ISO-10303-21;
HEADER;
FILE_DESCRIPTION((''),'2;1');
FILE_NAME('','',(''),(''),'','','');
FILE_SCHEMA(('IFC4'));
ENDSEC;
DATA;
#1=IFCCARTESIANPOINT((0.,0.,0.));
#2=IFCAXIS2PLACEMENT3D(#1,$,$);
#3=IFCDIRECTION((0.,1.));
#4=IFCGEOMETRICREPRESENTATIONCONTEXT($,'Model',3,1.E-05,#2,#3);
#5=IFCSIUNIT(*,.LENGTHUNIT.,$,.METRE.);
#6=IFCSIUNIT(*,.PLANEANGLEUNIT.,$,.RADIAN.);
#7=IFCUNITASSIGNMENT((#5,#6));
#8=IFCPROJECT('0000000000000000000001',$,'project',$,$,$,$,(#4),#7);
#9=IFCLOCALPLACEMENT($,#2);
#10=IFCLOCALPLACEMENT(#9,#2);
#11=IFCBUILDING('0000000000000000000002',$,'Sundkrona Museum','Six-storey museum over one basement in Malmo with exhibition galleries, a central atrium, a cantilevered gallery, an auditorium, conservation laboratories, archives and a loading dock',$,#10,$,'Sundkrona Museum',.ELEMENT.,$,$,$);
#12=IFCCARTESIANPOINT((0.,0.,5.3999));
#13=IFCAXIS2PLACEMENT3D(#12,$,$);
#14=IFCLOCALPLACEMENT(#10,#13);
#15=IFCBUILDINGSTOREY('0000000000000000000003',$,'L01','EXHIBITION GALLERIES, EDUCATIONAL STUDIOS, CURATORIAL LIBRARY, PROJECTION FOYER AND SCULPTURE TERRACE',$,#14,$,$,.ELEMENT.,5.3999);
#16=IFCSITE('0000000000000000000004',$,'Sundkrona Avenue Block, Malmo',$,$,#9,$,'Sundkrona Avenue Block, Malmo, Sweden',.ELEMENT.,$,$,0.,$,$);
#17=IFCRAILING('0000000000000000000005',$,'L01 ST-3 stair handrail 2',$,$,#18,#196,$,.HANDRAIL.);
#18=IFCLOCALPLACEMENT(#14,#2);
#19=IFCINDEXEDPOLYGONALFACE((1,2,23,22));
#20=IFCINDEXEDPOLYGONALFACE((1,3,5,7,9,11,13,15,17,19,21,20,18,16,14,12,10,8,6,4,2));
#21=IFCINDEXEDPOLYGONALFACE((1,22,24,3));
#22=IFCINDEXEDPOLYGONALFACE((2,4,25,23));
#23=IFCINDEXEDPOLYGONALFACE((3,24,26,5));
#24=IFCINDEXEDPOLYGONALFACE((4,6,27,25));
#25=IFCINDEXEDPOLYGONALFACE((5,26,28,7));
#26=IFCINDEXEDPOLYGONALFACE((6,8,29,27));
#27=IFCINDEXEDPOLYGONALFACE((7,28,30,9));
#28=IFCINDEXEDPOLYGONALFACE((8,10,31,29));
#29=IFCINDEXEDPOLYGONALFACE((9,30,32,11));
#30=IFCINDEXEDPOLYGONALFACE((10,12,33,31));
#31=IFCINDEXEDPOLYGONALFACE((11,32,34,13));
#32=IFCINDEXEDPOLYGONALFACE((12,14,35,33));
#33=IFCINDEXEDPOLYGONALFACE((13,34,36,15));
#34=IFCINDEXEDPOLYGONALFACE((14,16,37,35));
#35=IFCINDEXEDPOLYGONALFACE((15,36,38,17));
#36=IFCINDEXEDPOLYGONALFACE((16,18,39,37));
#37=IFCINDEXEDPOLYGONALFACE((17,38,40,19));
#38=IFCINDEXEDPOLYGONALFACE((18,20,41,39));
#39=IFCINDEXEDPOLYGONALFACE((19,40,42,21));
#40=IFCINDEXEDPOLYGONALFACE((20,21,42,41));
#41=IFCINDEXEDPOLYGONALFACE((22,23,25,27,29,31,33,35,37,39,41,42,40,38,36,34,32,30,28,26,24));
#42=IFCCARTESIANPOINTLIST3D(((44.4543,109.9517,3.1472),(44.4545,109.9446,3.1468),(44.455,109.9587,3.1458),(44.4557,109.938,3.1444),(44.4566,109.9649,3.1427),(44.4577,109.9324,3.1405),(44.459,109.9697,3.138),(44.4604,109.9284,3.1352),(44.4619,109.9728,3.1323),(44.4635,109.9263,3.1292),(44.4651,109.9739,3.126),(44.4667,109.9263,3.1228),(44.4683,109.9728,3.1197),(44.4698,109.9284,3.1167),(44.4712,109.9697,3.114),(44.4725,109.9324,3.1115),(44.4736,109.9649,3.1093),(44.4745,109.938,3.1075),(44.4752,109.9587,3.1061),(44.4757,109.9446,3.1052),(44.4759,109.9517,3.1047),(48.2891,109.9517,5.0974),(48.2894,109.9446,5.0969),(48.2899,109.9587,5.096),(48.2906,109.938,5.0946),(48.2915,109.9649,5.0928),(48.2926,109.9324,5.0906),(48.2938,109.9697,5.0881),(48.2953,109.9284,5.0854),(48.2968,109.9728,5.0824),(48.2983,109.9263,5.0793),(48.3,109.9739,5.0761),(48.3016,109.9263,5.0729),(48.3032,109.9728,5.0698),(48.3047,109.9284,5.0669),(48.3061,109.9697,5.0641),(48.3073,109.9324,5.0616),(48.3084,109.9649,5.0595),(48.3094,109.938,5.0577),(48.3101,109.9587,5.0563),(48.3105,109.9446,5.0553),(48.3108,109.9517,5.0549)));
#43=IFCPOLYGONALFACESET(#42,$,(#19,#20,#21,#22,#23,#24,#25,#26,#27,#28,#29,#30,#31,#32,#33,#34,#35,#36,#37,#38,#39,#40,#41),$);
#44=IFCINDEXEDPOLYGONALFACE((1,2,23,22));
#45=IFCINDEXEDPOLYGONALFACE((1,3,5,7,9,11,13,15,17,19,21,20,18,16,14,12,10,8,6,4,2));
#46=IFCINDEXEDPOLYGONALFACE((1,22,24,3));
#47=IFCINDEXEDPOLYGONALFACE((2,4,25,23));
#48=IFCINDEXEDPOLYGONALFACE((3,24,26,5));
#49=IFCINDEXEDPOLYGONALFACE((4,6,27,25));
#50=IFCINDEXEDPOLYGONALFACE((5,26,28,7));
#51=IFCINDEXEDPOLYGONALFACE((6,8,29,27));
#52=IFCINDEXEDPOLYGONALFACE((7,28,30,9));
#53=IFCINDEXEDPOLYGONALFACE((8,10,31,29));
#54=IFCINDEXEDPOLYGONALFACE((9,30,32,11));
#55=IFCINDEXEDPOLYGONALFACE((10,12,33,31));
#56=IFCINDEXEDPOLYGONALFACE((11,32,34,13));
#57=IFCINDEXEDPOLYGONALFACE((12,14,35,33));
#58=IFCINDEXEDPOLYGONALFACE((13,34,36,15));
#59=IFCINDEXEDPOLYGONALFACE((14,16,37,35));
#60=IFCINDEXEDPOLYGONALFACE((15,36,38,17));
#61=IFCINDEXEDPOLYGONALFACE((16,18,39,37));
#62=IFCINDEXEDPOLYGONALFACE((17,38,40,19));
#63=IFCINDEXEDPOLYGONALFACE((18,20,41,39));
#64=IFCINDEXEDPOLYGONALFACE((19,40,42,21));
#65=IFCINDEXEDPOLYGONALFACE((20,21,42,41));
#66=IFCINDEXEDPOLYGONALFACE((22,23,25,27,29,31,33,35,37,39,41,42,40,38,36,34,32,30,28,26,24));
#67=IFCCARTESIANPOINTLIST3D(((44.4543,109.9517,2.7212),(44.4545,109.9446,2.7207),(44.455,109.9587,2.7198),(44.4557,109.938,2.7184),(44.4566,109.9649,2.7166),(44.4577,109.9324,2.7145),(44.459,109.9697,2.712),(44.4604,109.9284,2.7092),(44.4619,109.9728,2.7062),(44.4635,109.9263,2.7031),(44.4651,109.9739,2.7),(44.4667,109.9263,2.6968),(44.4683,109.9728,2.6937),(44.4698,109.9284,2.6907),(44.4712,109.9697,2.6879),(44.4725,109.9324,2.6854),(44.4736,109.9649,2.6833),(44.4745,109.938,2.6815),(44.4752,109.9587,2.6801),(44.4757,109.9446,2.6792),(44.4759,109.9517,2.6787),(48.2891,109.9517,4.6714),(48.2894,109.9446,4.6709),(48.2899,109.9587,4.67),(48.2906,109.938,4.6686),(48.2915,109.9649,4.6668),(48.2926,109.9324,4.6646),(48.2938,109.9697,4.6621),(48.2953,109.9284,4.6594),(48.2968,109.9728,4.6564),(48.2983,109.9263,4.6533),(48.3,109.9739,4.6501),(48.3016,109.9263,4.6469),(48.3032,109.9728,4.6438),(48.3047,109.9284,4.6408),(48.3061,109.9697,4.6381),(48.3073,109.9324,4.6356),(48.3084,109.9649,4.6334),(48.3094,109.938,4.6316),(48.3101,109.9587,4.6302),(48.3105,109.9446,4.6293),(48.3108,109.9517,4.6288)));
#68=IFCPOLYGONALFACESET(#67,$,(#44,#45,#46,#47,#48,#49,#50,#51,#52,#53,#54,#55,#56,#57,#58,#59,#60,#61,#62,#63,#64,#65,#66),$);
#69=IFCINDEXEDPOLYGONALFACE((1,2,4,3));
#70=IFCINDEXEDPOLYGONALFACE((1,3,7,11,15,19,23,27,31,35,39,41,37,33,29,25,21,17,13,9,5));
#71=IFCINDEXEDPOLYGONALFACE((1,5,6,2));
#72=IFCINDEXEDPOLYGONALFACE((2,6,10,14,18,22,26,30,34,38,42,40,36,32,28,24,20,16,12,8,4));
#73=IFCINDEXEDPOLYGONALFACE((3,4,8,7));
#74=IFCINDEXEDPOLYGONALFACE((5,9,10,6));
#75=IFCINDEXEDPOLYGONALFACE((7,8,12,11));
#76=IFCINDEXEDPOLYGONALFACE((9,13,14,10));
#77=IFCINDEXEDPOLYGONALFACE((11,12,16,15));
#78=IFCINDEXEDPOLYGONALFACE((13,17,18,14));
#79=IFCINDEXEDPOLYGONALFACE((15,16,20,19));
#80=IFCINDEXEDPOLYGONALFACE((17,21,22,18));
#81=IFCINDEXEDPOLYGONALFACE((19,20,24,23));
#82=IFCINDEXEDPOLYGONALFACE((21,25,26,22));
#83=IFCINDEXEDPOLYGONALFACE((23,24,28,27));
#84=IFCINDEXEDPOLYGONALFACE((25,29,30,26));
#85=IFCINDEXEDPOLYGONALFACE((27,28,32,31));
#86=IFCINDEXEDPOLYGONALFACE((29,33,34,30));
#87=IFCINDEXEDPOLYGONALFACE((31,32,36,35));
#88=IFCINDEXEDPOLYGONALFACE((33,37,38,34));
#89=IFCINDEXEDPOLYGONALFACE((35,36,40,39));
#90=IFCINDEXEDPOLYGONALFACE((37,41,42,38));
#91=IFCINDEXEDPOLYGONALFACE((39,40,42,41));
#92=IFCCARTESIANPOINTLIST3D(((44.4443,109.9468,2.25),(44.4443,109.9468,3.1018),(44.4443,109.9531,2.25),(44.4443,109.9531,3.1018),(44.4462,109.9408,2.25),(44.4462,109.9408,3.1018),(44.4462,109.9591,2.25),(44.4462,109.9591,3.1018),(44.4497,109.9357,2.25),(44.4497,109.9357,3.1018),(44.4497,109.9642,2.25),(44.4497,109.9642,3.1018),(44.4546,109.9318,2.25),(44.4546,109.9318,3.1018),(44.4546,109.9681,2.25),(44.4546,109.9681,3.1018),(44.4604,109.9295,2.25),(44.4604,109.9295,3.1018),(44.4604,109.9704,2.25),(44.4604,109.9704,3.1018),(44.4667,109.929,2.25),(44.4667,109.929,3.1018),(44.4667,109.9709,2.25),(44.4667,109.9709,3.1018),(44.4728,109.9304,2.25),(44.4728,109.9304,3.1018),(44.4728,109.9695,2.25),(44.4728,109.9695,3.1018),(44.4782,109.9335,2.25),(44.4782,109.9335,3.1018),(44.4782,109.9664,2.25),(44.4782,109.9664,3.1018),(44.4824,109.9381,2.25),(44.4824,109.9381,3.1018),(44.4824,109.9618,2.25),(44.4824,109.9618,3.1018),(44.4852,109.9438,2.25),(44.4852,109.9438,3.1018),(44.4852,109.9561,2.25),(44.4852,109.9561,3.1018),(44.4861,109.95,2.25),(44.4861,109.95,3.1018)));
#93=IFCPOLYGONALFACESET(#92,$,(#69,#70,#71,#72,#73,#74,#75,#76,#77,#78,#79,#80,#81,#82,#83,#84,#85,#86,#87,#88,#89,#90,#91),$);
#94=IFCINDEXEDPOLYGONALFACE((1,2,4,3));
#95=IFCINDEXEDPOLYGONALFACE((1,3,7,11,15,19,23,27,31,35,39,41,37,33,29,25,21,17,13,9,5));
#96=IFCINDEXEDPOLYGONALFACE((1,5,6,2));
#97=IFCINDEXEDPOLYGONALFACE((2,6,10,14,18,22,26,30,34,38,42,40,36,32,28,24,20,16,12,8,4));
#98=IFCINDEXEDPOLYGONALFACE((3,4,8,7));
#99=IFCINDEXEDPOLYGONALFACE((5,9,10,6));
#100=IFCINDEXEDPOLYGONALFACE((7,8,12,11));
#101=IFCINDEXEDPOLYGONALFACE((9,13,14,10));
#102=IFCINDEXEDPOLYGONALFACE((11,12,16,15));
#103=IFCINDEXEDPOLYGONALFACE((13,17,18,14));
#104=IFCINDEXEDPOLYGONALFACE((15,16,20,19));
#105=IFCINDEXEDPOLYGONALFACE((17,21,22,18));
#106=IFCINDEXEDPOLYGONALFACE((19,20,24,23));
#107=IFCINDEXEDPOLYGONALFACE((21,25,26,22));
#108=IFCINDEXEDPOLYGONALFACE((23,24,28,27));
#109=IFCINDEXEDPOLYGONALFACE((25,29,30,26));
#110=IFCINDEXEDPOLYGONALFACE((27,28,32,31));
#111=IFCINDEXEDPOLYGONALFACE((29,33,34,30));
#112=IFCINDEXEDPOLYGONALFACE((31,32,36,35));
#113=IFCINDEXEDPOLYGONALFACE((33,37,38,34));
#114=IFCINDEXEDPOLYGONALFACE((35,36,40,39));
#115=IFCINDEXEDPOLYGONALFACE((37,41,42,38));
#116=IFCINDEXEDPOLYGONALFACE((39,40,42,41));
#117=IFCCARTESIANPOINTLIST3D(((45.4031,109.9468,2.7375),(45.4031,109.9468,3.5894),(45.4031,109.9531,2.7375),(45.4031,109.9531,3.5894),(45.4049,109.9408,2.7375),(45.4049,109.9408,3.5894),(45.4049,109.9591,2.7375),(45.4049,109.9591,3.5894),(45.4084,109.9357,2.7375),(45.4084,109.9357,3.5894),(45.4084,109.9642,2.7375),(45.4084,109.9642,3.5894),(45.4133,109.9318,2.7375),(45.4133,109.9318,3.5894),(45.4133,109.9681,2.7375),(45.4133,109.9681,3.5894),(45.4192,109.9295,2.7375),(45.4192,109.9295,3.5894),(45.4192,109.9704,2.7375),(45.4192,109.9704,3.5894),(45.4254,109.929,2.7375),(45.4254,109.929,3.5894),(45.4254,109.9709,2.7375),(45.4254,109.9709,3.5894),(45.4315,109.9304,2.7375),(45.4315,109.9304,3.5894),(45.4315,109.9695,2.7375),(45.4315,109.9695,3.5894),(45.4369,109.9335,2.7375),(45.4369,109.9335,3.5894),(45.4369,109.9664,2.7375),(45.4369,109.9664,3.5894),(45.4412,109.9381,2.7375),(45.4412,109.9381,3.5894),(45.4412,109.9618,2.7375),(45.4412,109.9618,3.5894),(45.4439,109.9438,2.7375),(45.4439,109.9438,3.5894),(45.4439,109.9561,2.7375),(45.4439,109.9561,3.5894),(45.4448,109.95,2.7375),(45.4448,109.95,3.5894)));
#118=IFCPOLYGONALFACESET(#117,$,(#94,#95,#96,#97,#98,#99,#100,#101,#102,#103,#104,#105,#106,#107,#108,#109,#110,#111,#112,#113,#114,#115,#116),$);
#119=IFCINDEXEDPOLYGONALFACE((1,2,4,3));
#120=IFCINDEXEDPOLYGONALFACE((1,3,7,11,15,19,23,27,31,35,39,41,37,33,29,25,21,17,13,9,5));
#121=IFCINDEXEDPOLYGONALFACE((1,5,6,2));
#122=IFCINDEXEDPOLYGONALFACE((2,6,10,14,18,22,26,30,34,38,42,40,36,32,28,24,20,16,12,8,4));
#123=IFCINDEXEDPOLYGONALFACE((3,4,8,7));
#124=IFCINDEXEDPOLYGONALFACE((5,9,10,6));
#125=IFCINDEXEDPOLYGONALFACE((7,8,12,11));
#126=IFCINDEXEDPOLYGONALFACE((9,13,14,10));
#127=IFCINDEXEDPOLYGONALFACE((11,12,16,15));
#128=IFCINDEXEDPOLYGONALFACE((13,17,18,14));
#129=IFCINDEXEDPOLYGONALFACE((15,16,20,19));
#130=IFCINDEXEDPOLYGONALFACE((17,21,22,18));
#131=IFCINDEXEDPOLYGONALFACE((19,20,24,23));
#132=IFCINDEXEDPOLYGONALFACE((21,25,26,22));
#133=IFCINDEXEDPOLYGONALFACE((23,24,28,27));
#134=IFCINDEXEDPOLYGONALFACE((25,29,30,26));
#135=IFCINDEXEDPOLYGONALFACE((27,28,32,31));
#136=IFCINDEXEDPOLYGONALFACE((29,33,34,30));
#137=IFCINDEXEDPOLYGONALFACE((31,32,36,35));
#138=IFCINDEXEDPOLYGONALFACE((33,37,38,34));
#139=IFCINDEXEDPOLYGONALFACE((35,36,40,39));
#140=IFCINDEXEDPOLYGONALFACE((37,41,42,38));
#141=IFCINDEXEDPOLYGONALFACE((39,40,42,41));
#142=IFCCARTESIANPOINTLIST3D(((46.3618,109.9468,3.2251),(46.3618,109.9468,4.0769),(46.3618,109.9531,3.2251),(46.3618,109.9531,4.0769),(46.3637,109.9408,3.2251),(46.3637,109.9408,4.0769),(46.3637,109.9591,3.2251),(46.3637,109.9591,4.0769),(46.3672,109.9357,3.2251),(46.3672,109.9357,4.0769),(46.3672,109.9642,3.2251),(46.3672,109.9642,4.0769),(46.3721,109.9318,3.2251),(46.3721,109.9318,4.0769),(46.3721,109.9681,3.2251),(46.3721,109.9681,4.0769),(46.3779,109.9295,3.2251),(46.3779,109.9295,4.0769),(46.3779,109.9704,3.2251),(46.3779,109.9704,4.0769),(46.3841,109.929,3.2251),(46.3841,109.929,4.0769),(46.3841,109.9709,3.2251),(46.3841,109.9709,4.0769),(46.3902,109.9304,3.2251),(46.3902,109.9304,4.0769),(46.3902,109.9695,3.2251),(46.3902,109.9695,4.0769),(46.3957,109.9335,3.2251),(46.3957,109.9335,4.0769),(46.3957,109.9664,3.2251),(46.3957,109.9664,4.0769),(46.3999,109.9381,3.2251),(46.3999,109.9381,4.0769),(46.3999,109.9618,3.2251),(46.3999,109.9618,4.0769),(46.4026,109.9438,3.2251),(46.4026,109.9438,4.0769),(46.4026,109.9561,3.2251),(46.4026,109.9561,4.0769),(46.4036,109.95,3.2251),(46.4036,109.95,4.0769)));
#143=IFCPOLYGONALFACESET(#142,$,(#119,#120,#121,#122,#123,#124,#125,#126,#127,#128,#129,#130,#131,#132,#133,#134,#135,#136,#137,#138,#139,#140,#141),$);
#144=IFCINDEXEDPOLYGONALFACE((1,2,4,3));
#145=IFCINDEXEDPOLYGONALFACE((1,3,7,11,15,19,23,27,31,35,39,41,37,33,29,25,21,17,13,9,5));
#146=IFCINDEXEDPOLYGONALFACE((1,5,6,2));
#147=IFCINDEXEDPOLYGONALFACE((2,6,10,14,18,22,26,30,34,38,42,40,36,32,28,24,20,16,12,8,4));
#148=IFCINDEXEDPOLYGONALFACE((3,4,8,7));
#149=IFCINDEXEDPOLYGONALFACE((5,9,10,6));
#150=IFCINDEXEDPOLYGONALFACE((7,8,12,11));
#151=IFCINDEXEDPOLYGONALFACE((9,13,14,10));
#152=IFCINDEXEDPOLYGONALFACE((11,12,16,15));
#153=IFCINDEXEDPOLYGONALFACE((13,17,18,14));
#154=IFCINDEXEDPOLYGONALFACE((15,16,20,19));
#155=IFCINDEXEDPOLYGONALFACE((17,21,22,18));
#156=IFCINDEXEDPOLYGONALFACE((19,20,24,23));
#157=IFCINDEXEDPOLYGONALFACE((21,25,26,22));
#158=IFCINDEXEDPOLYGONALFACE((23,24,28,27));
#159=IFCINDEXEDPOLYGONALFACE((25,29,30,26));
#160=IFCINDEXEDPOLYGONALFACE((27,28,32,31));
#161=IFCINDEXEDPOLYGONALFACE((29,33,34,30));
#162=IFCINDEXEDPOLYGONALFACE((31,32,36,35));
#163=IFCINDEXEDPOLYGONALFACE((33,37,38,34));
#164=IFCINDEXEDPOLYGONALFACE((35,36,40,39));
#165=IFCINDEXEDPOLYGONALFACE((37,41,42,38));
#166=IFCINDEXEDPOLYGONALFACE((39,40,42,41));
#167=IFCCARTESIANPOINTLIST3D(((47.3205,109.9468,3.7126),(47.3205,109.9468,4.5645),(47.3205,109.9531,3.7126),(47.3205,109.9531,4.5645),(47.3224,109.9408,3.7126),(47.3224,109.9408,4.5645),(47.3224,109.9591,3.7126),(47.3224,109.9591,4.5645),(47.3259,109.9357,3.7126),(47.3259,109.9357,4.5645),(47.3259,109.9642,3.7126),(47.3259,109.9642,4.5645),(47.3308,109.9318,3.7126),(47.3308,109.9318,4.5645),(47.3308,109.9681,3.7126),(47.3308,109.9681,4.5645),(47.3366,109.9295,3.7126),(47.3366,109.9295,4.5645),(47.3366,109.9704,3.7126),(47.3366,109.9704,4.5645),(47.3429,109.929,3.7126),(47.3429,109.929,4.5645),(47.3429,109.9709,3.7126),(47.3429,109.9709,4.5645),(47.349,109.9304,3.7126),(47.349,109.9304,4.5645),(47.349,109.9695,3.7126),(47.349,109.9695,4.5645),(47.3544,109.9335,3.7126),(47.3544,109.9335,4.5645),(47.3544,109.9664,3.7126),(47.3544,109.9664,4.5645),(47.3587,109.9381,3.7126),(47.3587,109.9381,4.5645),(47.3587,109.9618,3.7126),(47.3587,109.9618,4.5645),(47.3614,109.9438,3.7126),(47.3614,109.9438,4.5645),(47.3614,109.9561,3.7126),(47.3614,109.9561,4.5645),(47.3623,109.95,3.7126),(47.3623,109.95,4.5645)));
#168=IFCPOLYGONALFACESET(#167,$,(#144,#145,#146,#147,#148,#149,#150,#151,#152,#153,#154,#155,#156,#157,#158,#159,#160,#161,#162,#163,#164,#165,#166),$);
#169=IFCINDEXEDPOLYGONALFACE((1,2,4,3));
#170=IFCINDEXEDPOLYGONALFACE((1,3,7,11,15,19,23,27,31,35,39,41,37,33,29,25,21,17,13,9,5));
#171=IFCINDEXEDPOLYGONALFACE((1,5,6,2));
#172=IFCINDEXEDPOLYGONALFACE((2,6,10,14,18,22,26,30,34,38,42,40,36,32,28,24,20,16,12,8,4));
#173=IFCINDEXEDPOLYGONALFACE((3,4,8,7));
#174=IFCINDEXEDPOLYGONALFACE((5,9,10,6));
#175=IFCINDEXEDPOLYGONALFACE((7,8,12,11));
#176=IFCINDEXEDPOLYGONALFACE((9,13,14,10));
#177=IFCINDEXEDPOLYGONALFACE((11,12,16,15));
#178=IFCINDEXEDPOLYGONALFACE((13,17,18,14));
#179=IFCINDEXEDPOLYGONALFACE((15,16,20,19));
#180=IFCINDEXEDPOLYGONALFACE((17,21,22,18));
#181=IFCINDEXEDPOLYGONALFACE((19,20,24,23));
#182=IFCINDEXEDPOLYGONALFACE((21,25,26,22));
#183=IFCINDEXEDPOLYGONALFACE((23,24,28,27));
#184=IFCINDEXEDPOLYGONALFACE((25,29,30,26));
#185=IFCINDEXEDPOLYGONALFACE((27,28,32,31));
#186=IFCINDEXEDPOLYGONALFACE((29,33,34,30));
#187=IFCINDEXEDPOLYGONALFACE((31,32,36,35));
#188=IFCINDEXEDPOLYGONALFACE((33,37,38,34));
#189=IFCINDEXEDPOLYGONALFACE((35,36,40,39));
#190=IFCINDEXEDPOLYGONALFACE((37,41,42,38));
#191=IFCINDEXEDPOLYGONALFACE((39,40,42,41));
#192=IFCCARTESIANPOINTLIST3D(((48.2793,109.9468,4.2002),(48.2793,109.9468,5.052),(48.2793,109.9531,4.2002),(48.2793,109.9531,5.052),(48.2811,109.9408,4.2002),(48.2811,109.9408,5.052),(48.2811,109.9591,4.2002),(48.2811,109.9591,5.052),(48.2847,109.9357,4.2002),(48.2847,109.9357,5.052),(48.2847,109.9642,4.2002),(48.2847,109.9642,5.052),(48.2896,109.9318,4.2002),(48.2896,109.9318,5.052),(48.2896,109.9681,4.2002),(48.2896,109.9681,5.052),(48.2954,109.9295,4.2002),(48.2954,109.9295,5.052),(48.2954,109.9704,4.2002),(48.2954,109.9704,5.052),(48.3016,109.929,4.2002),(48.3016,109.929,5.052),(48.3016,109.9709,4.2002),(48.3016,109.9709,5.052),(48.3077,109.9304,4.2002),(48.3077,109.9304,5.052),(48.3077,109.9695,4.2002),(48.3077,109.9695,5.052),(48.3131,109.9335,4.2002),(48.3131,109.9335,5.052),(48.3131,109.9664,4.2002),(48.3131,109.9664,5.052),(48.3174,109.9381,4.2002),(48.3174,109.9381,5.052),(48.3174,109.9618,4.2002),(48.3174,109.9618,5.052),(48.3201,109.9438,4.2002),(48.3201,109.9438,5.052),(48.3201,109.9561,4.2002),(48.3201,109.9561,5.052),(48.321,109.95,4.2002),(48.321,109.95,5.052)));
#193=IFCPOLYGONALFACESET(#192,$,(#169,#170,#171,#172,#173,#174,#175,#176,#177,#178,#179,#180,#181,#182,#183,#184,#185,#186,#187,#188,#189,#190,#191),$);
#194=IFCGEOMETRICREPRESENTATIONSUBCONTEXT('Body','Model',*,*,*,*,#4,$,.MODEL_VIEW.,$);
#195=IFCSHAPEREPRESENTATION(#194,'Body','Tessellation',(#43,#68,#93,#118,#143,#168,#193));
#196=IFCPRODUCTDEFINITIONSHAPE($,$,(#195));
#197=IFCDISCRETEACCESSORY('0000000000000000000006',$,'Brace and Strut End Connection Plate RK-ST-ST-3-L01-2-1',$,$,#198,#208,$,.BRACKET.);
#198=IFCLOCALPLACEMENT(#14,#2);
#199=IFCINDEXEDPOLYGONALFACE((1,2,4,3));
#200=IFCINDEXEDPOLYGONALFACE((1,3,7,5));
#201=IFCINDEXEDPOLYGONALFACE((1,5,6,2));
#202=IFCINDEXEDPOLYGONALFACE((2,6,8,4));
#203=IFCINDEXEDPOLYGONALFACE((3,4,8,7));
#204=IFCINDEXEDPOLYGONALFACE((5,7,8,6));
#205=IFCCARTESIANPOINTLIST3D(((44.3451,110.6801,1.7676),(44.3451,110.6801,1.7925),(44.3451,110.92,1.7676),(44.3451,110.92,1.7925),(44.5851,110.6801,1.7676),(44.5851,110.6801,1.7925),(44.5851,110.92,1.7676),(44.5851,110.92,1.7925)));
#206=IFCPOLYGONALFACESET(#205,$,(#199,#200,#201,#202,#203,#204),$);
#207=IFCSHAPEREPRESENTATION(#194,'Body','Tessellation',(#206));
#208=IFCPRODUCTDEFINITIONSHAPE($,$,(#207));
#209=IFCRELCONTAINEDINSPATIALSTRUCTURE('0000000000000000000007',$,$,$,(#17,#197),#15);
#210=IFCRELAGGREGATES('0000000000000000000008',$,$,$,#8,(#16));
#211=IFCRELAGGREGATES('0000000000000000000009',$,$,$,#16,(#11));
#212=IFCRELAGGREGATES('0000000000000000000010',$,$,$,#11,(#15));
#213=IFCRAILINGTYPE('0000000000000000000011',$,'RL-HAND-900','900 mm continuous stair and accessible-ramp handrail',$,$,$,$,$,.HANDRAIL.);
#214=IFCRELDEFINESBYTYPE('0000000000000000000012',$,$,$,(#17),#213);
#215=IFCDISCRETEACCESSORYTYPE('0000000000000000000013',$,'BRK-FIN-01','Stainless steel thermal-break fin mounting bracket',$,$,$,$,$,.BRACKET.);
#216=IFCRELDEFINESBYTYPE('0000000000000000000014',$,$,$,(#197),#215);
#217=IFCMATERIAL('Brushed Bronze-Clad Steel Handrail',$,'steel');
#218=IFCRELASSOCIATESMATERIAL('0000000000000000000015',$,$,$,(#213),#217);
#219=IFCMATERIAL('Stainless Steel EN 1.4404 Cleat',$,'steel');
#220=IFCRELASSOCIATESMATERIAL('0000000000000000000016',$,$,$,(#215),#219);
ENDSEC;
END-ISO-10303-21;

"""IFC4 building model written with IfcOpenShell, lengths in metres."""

from ifc_helpers import new_model, si_unit, direction, frame, origin, origin_2d, place, context, subcontext, project, spatial, rectangle, circle, extrude, material, type_object, element, save


model = new_model("IFC4")

# Units and contexts
model_context = context("Model", 3, precision=1e-05, world=origin(), true_north=direction((0.0, 1.0)))
body_context = subcontext(model_context, "Body", "Model", "MODEL_VIEW")
ifc_project = project(units=[si_unit("LENGTHUNIT", "METRE"), si_unit("PLANEANGLEUNIT", "RADIAN")], contexts=[model_context])

# Site, building, storey
site_placement = place(None, origin())
site = spatial("IfcSite", under=ifc_project, at=site_placement, Name="Sundkrona Avenue Block, Malmo", LongName="Sundkrona Avenue Block, Malmo, Sweden", CompositionType="ELEMENT", RefElevation=0.0)
building_placement = place(site_placement, origin())
building = spatial("IfcBuilding", under=site, at=building_placement, Name="Sundkrona Museum", Description="Six-storey museum over one basement in Malmo with exhibition galleries, a central atrium, a cantilevered gallery, an auditorium, conservation laboratories, archives and a loading dock", LongName="Sundkrona Museum", CompositionType="ELEMENT")
storey_placement = place(building_placement, frame((0.0, 0.0, 5.3999)))
storey = spatial("IfcBuildingStorey", under=building, at=storey_placement, Name="L01", Description="EXHIBITION GALLERIES, EDUCATIONAL STUDIOS, CURATORIAL LIBRARY, PROJECTION FOYER AND SCULPTURE TERRACE", CompositionType="ELEMENT", Elevation=5.3999)

# Railing
ifc_material_1 = material(Name="Brushed Bronze-Clad Steel Handrail", Category="steel")
railing_type_1 = type_object("IfcRailingType", Name="RL-HAND-900", Description="900 mm continuous stair and accessible-ramp handrail", PredefinedType="HANDRAIL", material=ifc_material_1)
railing_1_placement = place(storey_placement, frame((44.4651, 109.95, 2.25)))
element("IfcRailing", 1, at=railing_1_placement, inside=storey, type_object=railing_type_1, Name="L01 ST-3 stair handrail 2", PredefinedType="HANDRAIL", context=body_context, shape_type="SweptSolid", body=[
    extrude(circle(Radius=0.0239, at=origin_2d()), frame((0.0, 0.0, 0.876), z_axis=(0.891365, 0.0, 0.453286), x_axis=(0.0, 1.0, 0.0)), (0.0, 0.0, 1.0), 4.3022),
    extrude(circle(Radius=0.0239, at=origin_2d()), frame((0.0, 0.0, 0.45), z_axis=(0.891365, 0.0, 0.453286), x_axis=(0.0, 1.0, 0.0)), (0.0, 0.0, 1.0), 4.3022),
    extrude(circle(Radius=0.021, at=origin_2d()), origin(), (0.0, 0.0, 1.0), 0.8518),
    extrude(circle(Radius=0.021, at=origin_2d()), frame((0.9587, 0.0, 0.4875)), (0.0, 0.0, 1.0), 0.8518),
    extrude(circle(Radius=0.021, at=origin_2d()), frame((1.9175, 0.0, 0.9751)), (0.0, 0.0, 1.0), 0.8518),
    extrude(circle(Radius=0.021, at=origin_2d()), frame((2.8762, 0.0, 1.4626)), (0.0, 0.0, 1.0), 0.8518),
    extrude(circle(Radius=0.021, at=origin_2d()), frame((3.835, 0.0, 1.9502)), (0.0, 0.0, 1.0), 0.8518),
])

# Discrete accessory
ifc_material_2 = material(Name="Stainless Steel EN 1.4404 Cleat", Category="steel")
discrete_accessory_type = type_object("IfcDiscreteAccessoryType", Name="BRK-FIN-01", Description="Stainless steel thermal-break fin mounting bracket", PredefinedType="BRACKET", material=ifc_material_2)
for number, where, z_axis, x_axis, name in (
    (2, (44.4651, 110.8, 1.7676), (0.0, 0.0, 1.0), (1.0, 0.0, 0.0), "Brace and Strut End Connection Plate RK-ST-ST-3-L01-2-1"),
):
    element("IfcDiscreteAccessory", number, at=place(storey_placement, frame(where, z_axis=z_axis, x_axis=x_axis)), inside=storey, type_object=discrete_accessory_type, Name=name, PredefinedType="BRACKET", context=body_context, shape_type="SweptSolid", body=[
        extrude(rectangle(XDim=0.24, YDim=0.24, at=origin_2d()), origin(), (0.0, 0.0, 1.0), 0.0249),
    ])

save(model, "model.ifc")
